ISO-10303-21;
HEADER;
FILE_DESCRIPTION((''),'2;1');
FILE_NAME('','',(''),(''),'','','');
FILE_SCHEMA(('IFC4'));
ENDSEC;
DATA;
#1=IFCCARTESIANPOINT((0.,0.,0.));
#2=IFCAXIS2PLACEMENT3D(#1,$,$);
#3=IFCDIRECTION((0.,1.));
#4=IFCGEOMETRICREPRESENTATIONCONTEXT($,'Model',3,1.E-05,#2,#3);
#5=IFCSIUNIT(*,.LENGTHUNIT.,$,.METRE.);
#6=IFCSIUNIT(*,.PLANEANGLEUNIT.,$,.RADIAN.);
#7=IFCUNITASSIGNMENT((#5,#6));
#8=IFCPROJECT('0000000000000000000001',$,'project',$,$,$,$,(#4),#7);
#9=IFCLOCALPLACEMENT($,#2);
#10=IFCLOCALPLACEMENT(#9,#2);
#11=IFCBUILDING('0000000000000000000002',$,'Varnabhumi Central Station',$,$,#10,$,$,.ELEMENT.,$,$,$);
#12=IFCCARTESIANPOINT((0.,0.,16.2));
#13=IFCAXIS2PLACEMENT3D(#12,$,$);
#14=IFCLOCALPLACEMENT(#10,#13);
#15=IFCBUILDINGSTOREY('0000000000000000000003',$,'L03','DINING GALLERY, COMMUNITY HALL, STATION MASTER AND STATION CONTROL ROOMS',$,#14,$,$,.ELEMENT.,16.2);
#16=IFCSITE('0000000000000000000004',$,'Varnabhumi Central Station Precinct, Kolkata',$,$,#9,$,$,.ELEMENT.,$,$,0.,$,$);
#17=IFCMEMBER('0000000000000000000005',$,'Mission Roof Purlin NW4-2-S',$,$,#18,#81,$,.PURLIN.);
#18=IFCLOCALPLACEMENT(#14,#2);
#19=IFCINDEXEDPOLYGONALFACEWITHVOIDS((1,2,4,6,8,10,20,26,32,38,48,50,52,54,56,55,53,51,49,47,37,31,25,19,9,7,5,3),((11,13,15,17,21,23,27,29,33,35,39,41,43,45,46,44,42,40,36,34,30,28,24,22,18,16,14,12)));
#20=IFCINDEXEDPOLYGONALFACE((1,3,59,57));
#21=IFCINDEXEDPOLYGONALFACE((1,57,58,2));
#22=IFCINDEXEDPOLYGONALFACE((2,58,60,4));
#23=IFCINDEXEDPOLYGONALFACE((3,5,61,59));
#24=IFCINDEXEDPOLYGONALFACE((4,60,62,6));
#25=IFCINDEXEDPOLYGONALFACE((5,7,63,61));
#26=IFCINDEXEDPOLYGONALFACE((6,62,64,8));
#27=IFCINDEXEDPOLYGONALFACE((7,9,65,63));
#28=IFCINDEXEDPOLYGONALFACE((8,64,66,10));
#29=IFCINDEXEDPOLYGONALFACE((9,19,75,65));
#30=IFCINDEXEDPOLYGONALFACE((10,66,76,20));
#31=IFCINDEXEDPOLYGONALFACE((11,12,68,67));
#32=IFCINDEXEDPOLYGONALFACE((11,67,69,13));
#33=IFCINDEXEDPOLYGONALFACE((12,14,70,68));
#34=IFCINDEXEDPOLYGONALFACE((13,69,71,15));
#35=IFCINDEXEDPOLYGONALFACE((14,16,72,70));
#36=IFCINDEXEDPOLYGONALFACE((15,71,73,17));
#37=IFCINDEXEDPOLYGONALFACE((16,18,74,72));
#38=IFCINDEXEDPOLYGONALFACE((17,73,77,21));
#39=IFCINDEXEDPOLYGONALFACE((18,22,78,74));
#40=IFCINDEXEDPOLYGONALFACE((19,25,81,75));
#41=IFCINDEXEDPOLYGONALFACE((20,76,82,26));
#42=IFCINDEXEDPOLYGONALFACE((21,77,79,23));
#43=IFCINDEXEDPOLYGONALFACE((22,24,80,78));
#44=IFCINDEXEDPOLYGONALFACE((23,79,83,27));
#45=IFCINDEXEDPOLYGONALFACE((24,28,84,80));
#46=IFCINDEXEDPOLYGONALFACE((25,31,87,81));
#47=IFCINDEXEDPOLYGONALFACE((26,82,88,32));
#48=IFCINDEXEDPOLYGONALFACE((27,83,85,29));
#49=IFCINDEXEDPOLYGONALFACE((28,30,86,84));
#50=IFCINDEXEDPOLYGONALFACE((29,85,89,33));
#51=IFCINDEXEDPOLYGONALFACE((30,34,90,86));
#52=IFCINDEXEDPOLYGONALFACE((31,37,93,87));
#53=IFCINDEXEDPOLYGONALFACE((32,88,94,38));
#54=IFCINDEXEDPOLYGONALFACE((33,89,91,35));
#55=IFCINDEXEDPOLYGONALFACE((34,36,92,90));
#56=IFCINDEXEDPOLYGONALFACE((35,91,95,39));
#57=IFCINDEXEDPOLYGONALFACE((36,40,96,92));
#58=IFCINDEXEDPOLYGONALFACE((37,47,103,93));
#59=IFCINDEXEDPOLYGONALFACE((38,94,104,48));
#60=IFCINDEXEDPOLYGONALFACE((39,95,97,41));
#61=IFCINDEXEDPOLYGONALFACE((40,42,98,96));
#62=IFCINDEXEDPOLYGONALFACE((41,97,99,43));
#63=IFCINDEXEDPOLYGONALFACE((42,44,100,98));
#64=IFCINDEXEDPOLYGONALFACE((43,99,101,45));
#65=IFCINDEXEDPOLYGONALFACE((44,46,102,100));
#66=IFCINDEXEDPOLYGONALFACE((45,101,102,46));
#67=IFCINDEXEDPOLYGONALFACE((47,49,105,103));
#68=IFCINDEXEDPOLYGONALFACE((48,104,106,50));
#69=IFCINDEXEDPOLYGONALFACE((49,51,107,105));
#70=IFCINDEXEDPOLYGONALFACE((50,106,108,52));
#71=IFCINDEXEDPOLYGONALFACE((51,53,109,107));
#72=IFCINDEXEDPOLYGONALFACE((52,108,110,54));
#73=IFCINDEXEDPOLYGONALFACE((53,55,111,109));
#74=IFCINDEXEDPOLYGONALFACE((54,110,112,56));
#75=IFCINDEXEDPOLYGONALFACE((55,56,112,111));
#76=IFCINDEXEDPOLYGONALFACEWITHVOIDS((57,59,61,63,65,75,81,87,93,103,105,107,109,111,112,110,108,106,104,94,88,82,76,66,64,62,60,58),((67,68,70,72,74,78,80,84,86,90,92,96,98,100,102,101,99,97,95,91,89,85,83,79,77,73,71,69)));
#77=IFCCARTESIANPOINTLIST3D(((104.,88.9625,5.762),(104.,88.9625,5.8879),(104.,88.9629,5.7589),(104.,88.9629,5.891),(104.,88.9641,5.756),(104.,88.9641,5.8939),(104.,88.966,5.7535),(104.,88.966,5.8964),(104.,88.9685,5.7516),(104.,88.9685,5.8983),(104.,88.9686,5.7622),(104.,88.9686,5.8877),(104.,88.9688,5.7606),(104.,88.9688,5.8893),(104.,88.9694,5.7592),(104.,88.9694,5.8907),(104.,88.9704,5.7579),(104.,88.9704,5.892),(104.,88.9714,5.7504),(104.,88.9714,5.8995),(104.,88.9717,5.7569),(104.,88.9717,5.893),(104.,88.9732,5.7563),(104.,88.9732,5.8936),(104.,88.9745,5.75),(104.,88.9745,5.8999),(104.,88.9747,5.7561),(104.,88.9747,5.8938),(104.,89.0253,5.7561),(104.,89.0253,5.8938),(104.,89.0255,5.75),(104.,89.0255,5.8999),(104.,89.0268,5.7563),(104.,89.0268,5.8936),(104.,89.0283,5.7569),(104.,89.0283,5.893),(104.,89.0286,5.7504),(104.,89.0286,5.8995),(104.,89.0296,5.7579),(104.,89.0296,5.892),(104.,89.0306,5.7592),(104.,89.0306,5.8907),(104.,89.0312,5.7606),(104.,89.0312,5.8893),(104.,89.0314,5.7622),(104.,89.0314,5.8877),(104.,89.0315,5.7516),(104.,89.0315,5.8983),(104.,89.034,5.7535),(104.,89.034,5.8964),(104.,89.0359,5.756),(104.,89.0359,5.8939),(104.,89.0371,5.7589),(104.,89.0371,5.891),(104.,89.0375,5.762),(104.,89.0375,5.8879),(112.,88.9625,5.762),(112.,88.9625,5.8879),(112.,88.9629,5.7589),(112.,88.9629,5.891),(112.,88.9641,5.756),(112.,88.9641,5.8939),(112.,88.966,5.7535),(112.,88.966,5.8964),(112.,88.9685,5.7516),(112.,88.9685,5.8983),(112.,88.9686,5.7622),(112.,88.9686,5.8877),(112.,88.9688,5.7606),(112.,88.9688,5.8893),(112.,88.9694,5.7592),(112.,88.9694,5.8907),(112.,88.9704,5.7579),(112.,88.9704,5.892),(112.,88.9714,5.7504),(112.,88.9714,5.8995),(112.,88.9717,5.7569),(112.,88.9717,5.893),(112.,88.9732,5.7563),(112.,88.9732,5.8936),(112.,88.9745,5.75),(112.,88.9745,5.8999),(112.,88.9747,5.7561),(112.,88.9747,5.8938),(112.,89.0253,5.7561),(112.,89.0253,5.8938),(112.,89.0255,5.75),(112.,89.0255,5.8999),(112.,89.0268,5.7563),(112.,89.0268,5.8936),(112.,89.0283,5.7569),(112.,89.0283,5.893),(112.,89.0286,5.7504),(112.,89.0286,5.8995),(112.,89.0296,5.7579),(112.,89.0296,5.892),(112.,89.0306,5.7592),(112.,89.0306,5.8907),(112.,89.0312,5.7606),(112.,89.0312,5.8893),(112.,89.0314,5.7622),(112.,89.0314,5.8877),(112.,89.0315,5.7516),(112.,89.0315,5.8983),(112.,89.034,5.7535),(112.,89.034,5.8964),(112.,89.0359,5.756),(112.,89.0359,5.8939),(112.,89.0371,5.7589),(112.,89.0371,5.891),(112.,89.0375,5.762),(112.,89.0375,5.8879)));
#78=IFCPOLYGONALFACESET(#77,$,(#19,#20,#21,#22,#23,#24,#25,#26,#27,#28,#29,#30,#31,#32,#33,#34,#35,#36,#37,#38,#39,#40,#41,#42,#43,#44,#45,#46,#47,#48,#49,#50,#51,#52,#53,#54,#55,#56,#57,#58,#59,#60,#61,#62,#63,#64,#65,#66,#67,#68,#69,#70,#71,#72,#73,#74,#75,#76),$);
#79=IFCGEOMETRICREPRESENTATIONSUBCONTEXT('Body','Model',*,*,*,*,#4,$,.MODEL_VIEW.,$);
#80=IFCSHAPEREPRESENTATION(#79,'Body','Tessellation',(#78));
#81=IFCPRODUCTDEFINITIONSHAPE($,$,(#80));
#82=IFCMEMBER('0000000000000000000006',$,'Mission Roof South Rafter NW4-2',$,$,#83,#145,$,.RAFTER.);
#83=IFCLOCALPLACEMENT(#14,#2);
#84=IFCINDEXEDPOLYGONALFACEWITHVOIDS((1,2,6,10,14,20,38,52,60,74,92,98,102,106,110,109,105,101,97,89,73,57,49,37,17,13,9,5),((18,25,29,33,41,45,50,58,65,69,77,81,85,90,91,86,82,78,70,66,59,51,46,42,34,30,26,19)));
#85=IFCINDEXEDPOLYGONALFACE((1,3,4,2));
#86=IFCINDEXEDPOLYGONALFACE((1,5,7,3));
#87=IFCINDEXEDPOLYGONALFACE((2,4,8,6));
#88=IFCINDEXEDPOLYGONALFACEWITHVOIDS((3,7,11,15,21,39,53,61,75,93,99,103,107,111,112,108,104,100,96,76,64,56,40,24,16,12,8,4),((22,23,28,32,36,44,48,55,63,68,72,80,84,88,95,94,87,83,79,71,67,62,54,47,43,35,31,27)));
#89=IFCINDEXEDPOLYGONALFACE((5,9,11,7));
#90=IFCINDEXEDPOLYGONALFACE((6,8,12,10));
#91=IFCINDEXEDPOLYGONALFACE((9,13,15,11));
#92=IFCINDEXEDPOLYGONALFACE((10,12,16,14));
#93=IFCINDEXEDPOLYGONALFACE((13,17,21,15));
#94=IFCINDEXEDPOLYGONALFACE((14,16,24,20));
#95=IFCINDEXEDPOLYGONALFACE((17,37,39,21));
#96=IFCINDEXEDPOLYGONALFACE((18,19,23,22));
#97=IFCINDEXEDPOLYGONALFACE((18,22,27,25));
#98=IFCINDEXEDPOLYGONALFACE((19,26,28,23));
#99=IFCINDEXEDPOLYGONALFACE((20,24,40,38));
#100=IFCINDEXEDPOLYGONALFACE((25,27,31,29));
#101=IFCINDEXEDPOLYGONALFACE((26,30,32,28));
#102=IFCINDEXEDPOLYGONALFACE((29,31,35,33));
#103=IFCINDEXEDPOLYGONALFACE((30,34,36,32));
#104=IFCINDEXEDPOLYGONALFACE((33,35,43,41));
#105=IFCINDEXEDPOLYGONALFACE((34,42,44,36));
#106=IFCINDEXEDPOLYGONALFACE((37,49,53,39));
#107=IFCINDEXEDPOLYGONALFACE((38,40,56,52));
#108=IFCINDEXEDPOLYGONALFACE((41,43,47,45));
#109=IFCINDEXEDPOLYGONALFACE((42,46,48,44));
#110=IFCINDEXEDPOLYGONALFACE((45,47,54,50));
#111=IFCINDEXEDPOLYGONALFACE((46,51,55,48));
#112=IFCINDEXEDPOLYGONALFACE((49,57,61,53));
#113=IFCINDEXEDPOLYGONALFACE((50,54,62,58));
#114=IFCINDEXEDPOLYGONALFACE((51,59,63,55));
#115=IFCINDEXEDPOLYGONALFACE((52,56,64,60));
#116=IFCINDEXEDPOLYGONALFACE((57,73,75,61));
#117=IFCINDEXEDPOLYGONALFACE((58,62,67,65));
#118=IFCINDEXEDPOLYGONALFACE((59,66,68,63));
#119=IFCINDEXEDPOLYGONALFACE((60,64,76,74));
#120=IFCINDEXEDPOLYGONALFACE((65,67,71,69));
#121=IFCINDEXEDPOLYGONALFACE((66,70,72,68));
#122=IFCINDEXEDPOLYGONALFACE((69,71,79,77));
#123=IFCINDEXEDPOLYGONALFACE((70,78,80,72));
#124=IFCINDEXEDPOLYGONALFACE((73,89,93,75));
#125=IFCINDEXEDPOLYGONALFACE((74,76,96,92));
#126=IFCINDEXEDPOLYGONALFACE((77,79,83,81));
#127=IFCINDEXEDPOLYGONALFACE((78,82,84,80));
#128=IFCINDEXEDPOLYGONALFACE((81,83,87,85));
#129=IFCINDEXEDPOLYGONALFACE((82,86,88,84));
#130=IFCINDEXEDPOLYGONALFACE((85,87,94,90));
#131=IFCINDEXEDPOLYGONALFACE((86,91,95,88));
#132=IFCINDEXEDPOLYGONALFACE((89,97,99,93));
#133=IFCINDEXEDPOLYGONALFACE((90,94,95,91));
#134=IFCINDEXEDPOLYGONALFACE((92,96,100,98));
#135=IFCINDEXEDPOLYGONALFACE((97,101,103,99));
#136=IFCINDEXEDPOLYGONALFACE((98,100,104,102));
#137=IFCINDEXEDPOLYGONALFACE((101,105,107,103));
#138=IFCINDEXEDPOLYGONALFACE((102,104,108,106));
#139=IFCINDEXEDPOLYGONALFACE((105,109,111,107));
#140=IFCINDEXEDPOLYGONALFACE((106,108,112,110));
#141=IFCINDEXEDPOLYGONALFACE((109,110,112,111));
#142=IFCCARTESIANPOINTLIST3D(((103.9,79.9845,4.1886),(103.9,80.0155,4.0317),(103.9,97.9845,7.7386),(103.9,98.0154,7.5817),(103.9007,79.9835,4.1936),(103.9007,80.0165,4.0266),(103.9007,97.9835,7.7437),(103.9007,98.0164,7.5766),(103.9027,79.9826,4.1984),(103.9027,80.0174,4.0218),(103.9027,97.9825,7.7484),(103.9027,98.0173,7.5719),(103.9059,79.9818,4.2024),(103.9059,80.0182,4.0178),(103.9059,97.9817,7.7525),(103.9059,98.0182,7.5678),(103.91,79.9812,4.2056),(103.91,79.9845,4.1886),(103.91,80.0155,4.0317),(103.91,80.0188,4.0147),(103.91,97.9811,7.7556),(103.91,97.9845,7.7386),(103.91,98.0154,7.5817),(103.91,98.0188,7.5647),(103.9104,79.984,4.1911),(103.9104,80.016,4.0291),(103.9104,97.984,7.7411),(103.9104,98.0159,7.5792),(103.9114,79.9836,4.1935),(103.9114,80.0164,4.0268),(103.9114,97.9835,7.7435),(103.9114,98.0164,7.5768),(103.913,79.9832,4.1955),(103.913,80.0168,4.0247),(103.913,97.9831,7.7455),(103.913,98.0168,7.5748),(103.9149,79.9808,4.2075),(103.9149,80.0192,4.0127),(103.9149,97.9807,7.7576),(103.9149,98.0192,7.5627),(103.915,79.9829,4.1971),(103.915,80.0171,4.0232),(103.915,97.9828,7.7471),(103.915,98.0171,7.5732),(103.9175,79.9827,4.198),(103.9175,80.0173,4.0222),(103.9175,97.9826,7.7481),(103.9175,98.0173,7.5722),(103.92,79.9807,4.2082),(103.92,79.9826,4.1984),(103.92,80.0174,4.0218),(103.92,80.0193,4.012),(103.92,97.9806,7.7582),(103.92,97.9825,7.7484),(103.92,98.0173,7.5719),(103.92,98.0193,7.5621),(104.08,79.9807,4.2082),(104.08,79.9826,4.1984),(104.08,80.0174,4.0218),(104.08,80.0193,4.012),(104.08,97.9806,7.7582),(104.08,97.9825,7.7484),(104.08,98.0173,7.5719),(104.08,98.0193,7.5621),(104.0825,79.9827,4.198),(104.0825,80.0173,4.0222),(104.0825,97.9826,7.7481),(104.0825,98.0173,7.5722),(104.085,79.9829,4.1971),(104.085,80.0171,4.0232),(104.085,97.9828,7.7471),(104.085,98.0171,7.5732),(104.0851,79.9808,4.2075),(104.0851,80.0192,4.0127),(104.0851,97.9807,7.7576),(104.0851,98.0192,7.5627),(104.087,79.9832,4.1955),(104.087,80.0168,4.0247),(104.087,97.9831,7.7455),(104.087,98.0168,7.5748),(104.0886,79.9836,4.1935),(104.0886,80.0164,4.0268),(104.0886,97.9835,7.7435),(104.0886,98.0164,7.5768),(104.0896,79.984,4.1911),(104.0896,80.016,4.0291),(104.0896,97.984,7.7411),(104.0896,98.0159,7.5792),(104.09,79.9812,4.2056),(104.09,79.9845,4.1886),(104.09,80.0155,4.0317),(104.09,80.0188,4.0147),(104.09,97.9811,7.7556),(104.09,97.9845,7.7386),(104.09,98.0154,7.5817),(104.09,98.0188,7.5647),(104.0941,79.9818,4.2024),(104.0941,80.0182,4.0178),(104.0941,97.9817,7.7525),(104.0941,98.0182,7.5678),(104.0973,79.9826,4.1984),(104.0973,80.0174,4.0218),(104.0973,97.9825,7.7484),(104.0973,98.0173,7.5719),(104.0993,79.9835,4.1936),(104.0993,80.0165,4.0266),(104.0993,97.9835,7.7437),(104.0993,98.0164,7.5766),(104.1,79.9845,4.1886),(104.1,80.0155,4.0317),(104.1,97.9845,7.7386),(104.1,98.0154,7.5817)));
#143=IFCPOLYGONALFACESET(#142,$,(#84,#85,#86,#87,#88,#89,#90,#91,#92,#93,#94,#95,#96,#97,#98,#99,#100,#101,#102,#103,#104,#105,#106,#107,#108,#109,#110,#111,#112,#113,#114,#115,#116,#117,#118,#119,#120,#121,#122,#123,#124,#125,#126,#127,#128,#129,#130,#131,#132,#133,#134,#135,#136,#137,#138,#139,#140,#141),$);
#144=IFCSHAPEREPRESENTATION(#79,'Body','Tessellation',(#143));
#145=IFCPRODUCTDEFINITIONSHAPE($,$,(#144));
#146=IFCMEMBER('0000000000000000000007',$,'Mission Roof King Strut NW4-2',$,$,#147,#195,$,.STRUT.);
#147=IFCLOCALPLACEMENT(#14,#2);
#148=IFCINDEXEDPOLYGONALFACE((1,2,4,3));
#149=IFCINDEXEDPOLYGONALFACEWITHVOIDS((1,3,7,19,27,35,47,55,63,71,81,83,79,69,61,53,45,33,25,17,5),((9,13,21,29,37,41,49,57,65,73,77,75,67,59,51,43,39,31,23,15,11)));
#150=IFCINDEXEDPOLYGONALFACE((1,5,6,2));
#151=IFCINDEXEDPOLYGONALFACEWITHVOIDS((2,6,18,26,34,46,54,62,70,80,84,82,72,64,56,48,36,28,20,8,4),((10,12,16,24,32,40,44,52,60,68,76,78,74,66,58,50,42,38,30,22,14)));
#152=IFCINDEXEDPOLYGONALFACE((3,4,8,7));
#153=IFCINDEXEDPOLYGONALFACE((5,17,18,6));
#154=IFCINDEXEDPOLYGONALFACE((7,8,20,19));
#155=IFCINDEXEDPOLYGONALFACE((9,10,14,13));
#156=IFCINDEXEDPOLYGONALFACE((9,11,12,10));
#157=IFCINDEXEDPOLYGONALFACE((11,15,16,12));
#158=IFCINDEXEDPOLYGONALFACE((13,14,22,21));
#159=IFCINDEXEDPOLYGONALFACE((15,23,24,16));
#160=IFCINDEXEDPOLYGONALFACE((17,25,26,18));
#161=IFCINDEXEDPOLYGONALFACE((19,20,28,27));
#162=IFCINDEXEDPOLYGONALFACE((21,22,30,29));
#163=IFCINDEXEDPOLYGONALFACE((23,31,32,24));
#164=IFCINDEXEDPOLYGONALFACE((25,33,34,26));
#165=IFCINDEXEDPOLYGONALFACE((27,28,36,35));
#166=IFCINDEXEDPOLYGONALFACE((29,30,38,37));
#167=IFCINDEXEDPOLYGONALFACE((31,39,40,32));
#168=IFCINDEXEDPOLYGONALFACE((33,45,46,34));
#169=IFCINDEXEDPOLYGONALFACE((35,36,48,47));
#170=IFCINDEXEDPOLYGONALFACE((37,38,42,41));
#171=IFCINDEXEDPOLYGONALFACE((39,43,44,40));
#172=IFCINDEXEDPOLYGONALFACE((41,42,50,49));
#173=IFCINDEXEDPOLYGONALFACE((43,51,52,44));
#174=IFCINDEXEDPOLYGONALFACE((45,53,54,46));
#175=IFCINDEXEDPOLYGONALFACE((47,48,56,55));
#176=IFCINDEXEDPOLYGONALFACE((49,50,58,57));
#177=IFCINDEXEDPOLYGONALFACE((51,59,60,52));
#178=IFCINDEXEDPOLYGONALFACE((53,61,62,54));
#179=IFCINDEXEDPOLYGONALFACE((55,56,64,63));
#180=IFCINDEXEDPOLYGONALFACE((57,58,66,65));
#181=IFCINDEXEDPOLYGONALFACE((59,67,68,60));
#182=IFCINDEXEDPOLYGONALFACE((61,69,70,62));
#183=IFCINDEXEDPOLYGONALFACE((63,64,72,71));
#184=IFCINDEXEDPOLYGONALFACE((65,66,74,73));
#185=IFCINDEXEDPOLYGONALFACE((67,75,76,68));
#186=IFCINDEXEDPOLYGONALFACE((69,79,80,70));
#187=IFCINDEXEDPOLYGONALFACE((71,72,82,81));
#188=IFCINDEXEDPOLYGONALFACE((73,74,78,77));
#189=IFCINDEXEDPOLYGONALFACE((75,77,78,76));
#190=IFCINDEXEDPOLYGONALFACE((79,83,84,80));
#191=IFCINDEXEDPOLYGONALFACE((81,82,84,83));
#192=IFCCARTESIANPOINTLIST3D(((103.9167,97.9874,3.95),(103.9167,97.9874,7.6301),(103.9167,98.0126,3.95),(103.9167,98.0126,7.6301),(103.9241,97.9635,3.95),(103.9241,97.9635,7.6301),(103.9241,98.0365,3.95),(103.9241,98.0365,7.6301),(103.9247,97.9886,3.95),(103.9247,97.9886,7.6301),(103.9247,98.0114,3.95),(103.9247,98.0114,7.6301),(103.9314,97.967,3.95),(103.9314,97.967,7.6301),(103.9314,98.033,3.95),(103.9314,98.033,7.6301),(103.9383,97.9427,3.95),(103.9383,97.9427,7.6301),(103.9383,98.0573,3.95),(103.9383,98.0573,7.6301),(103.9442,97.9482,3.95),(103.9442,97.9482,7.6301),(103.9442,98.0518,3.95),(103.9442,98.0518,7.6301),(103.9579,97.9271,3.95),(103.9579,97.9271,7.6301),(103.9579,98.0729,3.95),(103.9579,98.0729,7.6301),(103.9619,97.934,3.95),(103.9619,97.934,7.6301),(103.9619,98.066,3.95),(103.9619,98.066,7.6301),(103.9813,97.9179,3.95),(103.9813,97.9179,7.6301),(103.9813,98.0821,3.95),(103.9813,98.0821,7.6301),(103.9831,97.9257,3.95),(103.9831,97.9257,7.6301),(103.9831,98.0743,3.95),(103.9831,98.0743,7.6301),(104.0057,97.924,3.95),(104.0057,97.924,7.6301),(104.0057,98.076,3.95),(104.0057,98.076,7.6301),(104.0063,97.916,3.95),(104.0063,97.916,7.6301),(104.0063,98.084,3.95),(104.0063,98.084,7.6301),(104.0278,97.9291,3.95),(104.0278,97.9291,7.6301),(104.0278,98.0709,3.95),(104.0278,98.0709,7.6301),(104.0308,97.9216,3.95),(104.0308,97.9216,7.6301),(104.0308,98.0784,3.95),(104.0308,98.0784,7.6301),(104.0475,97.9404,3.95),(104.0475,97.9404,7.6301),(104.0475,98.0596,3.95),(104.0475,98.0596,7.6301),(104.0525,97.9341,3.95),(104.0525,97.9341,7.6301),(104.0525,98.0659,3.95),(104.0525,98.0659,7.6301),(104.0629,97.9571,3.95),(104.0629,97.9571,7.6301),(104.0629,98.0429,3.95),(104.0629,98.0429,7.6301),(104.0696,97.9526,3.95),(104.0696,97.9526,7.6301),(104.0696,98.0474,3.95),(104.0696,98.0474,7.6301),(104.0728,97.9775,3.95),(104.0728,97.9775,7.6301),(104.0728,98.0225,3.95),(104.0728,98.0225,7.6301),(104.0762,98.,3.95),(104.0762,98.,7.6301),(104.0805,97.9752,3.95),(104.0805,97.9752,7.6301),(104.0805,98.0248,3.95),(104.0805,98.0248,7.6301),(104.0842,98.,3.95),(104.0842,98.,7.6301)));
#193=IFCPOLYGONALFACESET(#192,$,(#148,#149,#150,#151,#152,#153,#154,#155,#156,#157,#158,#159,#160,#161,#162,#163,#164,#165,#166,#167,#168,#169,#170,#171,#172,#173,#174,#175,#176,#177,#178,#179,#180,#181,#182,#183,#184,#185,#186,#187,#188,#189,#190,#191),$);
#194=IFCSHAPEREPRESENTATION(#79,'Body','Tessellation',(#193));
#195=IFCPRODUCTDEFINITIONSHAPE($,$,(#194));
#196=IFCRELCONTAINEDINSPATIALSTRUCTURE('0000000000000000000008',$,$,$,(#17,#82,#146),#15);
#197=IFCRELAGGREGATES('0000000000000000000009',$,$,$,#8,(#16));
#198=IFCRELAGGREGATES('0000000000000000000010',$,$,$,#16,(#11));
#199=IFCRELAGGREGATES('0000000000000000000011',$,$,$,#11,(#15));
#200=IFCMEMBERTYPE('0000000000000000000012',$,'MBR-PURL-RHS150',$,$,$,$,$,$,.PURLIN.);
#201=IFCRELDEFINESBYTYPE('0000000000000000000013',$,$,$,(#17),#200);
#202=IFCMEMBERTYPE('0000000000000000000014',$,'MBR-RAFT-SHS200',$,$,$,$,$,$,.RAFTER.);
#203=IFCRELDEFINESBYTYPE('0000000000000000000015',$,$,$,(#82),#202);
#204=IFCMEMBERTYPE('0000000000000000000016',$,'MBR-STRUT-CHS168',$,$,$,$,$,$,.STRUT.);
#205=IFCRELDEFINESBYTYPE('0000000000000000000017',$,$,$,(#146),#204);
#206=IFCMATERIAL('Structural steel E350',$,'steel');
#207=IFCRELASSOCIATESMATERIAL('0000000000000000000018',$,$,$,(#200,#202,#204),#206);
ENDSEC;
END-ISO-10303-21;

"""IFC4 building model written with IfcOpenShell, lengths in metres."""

from ifc_helpers import new_model, si_unit, direction, frame, origin, origin_2d, place, context, subcontext, project, spatial, hollow_rectangle, hollow_circle, extrude, material, material_profile, profile_set, type_object, element, save


model = new_model("IFC4")

# Units and contexts
model_context = context("Model", 3, precision=1e-05, world=origin(), true_north=direction((0.0, 1.0)))
body_context = subcontext(model_context, "Body", "Model", "MODEL_VIEW")
ifc_project = project(units=[si_unit("LENGTHUNIT", "METRE"), si_unit("PLANEANGLEUNIT", "RADIAN")], contexts=[model_context])

# Site, building, storey
site_placement = place(None, origin())
site = spatial("IfcSite", under=ifc_project, at=site_placement, Name="Varnabhumi Central Station Precinct, Kolkata", CompositionType="ELEMENT", RefElevation=0.0)
building_placement = place(site_placement, origin())
building = spatial("IfcBuilding", under=site, at=building_placement, Name="Varnabhumi Central Station", CompositionType="ELEMENT")
storey_placement = place(building_placement, frame((0.0, 0.0, 16.2)))
storey = spatial("IfcBuildingStorey", under=building, at=storey_placement, Name="L03", Description="DINING GALLERY, COMMUNITY HALL, STATION MASTER AND STATION CONTROL ROOMS", CompositionType="ELEMENT", Elevation=16.2)

# Shared definitions
ifc_material_1 = material(Name="Structural steel E350", Category="steel")

# Members
ifc_material_profile_1 = material_profile(ifc_material_1, hollow_rectangle(XDim=0.075, YDim=0.1499, WallThickness=0.0061, InnerFilletRadius=0.0061, OuterFilletRadius=0.012, at=origin_2d()), Name="Structural steel E350", Category="steel")
ifc_profile_set_1 = profile_set([ifc_material_profile_1], Name="Structural steel E350")
member_type_1 = type_object("IfcMemberType", Name="MBR-PURL-RHS150", PredefinedType="PURLIN", material=ifc_profile_set_1)
member_1_placement = place(storey_placement, frame((104.0, 89.0, 5.825), z_axis=(1.0, 0.0, 0.0), x_axis=(0.0, 1.0, 0.0)))
element("IfcMember", 1, at=member_1_placement, inside=storey, type_object=member_type_1, Name="Mission Roof Purlin NW4-2-S", PredefinedType="PURLIN", context=body_context, shape_type="SweptSolid", body=[
    extrude(hollow_rectangle(XDim=0.075, YDim=0.1499, WallThickness=0.0061, InnerFilletRadius=0.0061, OuterFilletRadius=0.012, at=origin_2d()), origin(), (0.0, 0.0, 1.0), 8.0),
])
ifc_material_profile_2 = material_profile(ifc_material_1, hollow_rectangle(XDim=0.2, YDim=0.2, WallThickness=0.01, InnerFilletRadius=0.01, OuterFilletRadius=0.02, at=origin_2d()), Name="Structural steel E350", Category="steel")
ifc_profile_set_2 = profile_set([ifc_material_profile_2], Name="Structural steel E350")
member_type_2 = type_object("IfcMemberType", Name="MBR-RAFT-SHS200", PredefinedType="RAFTER", material=ifc_profile_set_2)
member_2_placement = place(storey_placement, frame((104.0, 80.0, 4.1101), z_axis=(0.0, 0.981101, 0.193498), x_axis=(-1.0, 0.0, 0.0)))
element("IfcMember", 2, at=member_2_placement, inside=storey, type_object=member_type_2, Name="Mission Roof South Rafter NW4-2", PredefinedType="RAFTER", context=body_context, shape_type="SweptSolid", body=[
    extrude(hollow_rectangle(XDim=0.2, YDim=0.2, WallThickness=0.01, InnerFilletRadius=0.01, OuterFilletRadius=0.02, at=origin_2d()), origin(), (0.0, 0.0, 1.0), 18.3467),
])
ifc_material_profile_3 = material_profile(ifc_material_1, hollow_circle(Radius=0.0842, WallThickness=0.0081, at=origin_2d()), Name="Structural steel E350", Category="steel")
ifc_profile_set_3 = profile_set([ifc_material_profile_3], Name="Structural steel E350")
member_type_3 = type_object("IfcMemberType", Name="MBR-STRUT-CHS168", PredefinedType="STRUT", material=ifc_profile_set_3)
member_3_placement = place(storey_placement, frame((104.0, 98.0, 3.95), z_axis=(0.0, 0.0, 1.0), x_axis=(1.0, 0.0, 0.0)))
element("IfcMember", 3, at=member_3_placement, inside=storey, type_object=member_type_3, Name="Mission Roof King Strut NW4-2", PredefinedType="STRUT", context=body_context, shape_type="SweptSolid", body=[
    extrude(hollow_circle(Radius=0.0842, WallThickness=0.0081, at=origin_2d()), origin(), (0.0, 0.0, 1.0), 3.6802),
])

save(model, "model.ifc")
